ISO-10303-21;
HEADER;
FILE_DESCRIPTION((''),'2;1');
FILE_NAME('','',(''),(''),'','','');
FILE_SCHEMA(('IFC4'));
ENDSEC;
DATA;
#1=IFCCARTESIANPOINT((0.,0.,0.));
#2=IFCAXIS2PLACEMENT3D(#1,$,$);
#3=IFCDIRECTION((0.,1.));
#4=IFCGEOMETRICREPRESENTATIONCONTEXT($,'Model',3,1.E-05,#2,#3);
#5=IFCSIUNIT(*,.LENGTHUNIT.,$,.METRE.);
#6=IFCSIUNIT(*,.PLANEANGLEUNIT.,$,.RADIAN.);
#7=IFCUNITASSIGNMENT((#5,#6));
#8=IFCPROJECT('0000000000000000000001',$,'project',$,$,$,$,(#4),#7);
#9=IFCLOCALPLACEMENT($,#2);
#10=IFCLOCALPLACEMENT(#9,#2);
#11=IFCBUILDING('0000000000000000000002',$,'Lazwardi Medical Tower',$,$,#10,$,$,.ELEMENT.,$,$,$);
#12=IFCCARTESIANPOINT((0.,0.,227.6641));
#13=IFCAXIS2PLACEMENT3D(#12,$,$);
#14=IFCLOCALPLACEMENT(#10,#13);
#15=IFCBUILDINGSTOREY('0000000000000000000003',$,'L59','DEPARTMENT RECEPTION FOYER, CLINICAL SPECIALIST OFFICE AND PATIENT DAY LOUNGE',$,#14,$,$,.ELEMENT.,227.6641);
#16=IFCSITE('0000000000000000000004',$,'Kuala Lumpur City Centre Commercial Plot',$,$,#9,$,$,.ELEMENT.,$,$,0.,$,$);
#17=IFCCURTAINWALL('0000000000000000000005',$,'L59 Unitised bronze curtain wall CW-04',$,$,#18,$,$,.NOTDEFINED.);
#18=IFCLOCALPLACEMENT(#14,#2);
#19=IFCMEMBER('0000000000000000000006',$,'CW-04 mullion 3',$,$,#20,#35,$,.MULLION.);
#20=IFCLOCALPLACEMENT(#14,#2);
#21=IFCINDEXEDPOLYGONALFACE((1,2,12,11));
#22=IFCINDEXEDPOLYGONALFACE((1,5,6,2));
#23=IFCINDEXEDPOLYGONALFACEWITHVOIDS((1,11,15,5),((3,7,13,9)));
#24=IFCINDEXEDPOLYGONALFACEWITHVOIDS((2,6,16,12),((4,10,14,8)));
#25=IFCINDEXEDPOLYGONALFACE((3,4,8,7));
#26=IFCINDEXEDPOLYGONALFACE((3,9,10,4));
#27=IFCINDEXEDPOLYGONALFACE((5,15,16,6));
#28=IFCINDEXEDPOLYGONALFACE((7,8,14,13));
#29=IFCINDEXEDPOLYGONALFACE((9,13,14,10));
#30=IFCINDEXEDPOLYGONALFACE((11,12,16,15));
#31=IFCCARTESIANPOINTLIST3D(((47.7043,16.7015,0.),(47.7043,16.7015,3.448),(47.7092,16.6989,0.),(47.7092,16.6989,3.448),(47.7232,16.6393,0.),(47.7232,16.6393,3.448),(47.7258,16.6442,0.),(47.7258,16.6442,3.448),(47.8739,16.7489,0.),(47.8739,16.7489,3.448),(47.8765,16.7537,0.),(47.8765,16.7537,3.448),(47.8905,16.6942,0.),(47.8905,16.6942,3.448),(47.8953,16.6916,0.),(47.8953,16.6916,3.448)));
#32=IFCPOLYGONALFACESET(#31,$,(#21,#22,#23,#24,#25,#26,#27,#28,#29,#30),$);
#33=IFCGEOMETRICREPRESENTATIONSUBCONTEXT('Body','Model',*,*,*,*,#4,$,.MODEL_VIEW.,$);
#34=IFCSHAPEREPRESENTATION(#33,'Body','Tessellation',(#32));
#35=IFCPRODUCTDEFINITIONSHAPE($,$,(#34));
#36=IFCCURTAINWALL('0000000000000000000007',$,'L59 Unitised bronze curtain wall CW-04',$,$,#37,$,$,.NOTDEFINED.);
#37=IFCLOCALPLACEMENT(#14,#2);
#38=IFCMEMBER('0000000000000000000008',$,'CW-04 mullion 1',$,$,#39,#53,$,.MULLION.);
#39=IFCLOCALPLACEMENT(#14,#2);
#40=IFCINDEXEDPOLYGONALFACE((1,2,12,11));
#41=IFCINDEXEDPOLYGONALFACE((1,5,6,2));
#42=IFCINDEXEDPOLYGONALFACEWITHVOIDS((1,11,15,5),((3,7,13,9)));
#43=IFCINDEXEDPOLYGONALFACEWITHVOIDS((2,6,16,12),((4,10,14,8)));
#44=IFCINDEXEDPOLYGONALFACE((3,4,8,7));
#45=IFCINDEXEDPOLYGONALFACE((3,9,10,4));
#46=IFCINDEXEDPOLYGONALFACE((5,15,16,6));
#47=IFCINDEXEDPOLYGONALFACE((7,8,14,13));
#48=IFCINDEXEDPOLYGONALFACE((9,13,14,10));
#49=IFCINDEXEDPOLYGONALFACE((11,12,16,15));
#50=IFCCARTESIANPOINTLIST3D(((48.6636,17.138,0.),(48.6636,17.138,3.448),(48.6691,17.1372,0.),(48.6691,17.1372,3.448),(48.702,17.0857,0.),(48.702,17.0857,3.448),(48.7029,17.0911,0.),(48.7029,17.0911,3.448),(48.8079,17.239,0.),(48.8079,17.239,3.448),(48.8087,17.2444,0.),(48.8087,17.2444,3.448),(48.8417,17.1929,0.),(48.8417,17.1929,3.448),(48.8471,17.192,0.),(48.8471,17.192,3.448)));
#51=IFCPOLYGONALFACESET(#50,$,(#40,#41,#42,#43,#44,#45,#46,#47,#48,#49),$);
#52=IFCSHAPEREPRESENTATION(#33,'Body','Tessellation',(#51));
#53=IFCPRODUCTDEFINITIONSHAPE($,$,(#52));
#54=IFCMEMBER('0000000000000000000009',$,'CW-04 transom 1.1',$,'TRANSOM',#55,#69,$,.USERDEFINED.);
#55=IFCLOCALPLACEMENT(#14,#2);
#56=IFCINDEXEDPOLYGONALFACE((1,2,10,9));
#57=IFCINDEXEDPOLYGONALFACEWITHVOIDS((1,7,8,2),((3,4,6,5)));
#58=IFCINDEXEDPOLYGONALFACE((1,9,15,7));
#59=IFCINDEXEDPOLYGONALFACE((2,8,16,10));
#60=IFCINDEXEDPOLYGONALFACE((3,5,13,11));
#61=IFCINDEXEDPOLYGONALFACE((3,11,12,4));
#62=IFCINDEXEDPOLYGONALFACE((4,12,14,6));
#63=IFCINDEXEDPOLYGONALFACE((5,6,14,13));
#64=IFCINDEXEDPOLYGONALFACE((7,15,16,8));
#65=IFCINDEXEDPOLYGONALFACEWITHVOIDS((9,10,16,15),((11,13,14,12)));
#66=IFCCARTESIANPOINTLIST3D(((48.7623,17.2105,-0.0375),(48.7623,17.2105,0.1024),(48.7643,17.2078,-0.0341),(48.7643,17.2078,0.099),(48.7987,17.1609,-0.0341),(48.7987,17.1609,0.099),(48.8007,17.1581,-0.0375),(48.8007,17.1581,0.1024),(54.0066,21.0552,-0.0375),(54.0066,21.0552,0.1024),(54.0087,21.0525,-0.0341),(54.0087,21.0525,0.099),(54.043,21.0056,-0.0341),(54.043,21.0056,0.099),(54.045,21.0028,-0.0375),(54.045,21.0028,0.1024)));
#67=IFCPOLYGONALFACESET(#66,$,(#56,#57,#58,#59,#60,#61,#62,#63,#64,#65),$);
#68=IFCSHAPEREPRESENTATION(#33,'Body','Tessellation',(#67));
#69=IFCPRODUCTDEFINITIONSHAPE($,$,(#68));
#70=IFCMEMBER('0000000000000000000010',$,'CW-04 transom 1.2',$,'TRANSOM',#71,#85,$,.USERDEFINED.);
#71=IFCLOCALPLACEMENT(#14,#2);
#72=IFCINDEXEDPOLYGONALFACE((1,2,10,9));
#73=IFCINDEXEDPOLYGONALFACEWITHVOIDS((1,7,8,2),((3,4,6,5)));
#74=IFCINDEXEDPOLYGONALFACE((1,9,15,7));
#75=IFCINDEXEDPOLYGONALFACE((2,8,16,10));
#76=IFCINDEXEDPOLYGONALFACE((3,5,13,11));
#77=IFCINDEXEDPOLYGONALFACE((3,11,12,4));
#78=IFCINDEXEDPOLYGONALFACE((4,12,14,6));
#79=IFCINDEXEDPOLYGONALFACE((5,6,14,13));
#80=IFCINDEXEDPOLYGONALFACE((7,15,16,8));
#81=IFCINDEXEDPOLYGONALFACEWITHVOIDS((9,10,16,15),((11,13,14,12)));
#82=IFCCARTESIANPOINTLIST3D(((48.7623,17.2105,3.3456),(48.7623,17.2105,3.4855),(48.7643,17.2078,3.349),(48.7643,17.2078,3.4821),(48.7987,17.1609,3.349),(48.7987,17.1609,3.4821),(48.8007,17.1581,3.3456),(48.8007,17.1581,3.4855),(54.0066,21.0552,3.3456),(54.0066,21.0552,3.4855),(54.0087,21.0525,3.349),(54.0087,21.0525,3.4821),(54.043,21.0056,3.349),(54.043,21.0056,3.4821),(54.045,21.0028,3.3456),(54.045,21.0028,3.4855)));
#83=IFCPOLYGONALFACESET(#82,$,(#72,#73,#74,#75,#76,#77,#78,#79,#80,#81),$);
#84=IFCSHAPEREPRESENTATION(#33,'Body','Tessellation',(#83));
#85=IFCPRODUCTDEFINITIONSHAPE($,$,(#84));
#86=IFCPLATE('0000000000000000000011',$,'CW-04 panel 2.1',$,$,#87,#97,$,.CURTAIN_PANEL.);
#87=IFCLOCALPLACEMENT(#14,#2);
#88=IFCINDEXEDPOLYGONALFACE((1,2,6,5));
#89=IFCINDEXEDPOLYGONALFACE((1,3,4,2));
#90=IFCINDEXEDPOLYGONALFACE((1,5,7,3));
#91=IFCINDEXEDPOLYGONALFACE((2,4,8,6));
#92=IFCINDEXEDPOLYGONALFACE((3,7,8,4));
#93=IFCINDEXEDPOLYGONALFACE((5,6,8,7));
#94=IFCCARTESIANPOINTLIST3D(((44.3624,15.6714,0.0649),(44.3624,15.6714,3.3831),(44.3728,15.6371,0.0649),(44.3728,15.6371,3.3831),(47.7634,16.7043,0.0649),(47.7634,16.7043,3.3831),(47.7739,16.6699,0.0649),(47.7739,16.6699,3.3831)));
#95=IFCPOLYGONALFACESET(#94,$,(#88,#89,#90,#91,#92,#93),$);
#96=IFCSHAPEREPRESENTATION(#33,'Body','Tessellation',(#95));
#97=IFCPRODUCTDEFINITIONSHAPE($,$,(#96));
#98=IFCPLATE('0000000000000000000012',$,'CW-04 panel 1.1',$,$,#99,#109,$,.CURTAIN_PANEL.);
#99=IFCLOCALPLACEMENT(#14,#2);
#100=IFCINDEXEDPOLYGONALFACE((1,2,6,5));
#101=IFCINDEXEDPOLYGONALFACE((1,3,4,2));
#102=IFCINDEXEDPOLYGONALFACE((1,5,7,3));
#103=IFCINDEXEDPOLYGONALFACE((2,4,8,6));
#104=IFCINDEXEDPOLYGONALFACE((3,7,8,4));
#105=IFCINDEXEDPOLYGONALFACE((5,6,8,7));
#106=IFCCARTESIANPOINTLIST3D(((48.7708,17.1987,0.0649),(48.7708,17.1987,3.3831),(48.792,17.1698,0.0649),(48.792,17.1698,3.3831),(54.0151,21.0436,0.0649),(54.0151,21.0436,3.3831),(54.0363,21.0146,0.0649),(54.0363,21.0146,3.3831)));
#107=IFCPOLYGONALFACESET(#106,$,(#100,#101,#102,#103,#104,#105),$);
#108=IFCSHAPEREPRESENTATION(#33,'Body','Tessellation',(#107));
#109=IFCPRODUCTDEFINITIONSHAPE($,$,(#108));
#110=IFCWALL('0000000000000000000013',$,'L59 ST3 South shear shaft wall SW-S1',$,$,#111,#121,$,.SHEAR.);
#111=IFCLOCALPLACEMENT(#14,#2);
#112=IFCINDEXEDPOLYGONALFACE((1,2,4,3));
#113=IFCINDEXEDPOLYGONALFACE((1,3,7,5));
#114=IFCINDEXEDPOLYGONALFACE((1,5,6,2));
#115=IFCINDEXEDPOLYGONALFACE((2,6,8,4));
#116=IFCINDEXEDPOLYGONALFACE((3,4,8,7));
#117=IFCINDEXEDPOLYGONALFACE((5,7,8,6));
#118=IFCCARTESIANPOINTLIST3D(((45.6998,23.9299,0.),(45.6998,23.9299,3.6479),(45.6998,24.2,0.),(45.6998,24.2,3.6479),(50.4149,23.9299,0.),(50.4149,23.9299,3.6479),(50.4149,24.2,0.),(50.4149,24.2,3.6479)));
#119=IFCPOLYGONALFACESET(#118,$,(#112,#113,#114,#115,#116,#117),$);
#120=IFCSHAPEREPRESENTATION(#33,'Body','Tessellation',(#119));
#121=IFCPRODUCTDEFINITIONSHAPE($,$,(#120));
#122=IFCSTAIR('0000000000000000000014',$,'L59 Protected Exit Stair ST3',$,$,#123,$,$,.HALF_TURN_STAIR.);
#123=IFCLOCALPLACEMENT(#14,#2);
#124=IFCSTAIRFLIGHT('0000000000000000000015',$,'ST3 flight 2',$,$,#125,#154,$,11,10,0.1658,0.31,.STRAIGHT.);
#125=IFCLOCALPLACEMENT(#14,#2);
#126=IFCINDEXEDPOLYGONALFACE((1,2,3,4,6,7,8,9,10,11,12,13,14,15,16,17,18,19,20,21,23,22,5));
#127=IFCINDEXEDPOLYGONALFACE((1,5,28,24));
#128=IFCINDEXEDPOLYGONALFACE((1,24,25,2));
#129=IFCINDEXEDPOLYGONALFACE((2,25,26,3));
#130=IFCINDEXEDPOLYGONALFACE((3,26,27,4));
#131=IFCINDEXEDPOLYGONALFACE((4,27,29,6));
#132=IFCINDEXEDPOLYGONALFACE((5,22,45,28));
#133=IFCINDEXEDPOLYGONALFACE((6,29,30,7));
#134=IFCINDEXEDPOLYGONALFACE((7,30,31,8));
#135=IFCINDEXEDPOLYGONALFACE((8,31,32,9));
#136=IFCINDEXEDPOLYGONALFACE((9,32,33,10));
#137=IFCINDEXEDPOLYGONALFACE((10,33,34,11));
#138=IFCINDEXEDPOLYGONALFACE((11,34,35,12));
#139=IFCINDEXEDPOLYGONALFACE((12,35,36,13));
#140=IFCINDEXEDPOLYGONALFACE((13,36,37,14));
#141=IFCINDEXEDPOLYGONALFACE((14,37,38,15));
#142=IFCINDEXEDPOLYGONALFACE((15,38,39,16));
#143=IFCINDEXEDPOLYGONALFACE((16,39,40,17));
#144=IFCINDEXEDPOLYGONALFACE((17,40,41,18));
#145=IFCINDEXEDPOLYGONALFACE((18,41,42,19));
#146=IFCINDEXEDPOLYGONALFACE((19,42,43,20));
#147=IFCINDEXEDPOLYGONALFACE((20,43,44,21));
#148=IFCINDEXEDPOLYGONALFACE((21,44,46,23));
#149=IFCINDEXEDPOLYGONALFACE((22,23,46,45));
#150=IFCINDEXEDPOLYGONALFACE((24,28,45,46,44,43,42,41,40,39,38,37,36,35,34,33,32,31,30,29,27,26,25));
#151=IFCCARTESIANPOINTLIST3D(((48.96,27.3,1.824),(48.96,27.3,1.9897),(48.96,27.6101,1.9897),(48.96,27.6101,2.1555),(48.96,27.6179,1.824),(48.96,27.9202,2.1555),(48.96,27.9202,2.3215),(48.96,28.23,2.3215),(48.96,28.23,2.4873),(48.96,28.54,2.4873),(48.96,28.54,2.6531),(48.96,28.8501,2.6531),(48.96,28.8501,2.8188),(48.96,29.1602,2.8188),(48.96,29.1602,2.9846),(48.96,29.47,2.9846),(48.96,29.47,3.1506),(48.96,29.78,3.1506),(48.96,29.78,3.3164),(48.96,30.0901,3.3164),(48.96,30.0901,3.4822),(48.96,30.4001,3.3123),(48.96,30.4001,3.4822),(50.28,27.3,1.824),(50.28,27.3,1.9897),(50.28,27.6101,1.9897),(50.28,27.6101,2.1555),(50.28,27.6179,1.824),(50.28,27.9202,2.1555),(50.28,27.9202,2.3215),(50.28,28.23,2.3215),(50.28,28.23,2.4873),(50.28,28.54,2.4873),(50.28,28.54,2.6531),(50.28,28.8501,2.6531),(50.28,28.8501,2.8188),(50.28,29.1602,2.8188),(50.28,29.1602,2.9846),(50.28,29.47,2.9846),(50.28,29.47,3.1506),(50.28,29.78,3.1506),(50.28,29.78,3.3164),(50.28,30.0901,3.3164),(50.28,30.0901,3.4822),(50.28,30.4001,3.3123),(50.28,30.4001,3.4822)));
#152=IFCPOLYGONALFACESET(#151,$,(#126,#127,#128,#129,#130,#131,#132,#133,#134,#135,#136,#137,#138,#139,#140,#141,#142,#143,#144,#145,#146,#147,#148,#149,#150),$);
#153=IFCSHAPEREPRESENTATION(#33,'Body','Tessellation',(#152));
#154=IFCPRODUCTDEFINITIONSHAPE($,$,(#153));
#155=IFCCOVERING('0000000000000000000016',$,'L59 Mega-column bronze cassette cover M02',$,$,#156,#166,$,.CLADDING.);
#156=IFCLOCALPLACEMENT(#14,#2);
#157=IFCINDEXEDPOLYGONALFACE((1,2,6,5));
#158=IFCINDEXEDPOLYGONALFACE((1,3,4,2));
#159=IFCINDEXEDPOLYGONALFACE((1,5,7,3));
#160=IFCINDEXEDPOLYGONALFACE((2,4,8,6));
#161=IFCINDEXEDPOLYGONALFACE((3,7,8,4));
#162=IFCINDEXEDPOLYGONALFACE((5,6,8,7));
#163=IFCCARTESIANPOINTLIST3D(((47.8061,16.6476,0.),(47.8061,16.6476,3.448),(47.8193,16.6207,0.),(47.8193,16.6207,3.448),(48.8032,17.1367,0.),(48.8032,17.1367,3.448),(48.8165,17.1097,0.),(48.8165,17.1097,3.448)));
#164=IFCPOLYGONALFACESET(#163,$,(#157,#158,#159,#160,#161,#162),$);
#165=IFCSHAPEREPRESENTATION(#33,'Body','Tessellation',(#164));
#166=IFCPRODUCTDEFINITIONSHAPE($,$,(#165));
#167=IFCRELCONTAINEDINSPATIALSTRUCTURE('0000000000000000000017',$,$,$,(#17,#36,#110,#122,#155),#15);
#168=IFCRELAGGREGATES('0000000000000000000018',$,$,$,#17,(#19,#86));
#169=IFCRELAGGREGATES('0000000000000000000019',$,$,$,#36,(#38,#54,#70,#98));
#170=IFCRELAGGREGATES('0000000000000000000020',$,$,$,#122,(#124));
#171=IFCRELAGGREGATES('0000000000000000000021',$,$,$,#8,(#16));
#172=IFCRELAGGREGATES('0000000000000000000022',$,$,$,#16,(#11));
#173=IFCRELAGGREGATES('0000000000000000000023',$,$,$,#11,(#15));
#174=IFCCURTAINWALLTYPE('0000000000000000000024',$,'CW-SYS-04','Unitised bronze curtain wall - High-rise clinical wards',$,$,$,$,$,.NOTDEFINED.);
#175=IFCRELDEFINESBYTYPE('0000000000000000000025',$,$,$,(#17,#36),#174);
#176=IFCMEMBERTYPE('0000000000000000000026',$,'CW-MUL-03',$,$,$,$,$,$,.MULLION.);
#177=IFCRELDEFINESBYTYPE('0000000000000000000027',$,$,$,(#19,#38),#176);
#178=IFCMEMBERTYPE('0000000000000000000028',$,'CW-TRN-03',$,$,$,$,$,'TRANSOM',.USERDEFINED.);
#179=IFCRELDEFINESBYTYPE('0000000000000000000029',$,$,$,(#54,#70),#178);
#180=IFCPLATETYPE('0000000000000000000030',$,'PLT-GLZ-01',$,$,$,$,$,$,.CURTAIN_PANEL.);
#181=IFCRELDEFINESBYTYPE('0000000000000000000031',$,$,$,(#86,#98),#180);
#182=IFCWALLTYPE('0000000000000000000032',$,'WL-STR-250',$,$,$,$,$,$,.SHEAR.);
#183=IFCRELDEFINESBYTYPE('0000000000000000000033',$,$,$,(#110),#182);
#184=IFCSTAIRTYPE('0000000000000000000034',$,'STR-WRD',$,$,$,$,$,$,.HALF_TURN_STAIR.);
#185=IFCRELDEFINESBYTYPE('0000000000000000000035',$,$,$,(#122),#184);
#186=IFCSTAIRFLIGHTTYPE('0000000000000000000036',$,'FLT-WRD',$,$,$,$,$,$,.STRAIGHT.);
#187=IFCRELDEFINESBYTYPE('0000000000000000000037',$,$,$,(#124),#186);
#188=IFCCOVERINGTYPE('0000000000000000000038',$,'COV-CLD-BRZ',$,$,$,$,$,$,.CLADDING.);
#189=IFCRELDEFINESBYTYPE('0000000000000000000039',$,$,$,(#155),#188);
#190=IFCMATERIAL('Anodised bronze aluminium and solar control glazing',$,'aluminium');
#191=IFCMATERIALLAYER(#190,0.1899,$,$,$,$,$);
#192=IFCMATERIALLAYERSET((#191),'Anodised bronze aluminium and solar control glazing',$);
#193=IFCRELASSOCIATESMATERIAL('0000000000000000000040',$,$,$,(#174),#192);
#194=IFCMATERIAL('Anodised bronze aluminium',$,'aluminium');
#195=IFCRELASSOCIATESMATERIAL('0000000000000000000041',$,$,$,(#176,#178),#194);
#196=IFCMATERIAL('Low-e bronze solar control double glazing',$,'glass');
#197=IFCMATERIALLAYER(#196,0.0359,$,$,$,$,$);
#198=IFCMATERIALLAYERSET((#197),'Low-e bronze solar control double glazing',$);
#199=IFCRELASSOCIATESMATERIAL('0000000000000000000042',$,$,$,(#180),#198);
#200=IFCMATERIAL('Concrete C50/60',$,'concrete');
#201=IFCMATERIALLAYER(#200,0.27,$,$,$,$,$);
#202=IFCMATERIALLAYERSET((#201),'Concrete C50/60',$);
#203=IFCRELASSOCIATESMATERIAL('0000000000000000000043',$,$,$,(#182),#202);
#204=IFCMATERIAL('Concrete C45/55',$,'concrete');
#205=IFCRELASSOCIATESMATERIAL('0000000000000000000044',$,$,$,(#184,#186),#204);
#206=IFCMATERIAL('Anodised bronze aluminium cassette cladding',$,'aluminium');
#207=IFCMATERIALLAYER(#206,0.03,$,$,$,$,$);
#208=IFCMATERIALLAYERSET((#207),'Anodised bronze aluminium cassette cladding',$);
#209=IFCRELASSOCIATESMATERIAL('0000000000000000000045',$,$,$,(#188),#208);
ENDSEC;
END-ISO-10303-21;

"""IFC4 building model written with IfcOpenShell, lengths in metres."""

from ifc_helpers import new_model, si_unit, direction, frame, frame_2d, origin, origin_2d, place, context, subcontext, project, spatial, polyline, rectangle, hollow_rectangle, outline, extrude, material, layer, layer_set, material_profile, profile_set, type_object, element, aggregate, save


model = new_model("IFC4")

# Units and contexts
model_context = context("Model", 3, precision=1e-05, world=origin(), true_north=direction((0.0, 1.0)))
body_context = subcontext(model_context, "Body", "Model", "MODEL_VIEW")
ifc_project = project(units=[si_unit("LENGTHUNIT", "METRE"), si_unit("PLANEANGLEUNIT", "RADIAN")], contexts=[model_context])

# Site, building, storey
site_placement = place(None, origin())
site = spatial("IfcSite", under=ifc_project, at=site_placement, Name="Kuala Lumpur City Centre Commercial Plot", CompositionType="ELEMENT", RefElevation=0.0)
building_placement = place(site_placement, origin())
building = spatial("IfcBuilding", under=site, at=building_placement, Name="Lazwardi Medical Tower", CompositionType="ELEMENT")
storey_placement = place(building_placement, frame((0.0, 0.0, 227.6641)))
storey = spatial("IfcBuildingStorey", under=building, at=storey_placement, Name="L59", Description="DEPARTMENT RECEPTION FOYER, CLINICAL SPECIALIST OFFICE AND PATIENT DAY LOUNGE", CompositionType="ELEMENT", Elevation=227.6641)

# Curtain wall, member
ifc_material_1 = material(Name="Anodised bronze aluminium and solar control glazing", Category="aluminium")
ifc_layer_1 = layer(ifc_material_1, 0.1899)
ifc_layer_set_1 = layer_set([ifc_layer_1], Name="Anodised bronze aluminium and solar control glazing")
curtain_wall_type = type_object("IfcCurtainWallType", Name="CW-SYS-04", Description="Unitised bronze curtain wall - High-rise clinical wards", PredefinedType="NOTDEFINED", material=ifc_layer_set_1)
curtain_wall_1_placement = place(storey_placement, origin())
curtain_wall_1 = element("IfcCurtainWall", 1, at=curtain_wall_1_placement, inside=storey, type_object=curtain_wall_type, Name="L59 Unitised bronze curtain wall CW-04", PredefinedType="NOTDEFINED")
ifc_material_2 = material(Name="Anodised bronze aluminium", Category="aluminium")
ifc_material_profile_1 = material_profile(ifc_material_2, hollow_rectangle(XDim=0.0649, YDim=0.1799, WallThickness=0.0039, at=origin_2d()), Name="ALU-MULLION 180x65x4")
ifc_profile_set_1 = profile_set([ifc_material_profile_1], Name="Anodised bronze aluminium")
member_type_1 = type_object("IfcMemberType", Name="CW-MUL-03", PredefinedType="MULLION", material=ifc_profile_set_1)
member_1_placement = place(storey_placement, frame((47.7998, 16.6965, 0.0), z_axis=(0.0, 0.0, 1.0), x_axis=(-0.290582, 0.95685, 0.0)))
member_1 = element("IfcMember", 2, at=member_1_placement, type_object=member_type_1, Name="CW-04 mullion 3", PredefinedType="MULLION", context=body_context, shape_type="SweptSolid", body=[
    extrude(hollow_rectangle(XDim=0.0649, YDim=0.1799, WallThickness=0.0039, at=origin_2d()), origin(), (0.0, 0.0, 1.0), 3.448),
])

# Curtain wall, members
curtain_wall_2_placement = place(storey_placement, origin())
curtain_wall_2 = element("IfcCurtainWall", 3, at=curtain_wall_2_placement, inside=storey, type_object=curtain_wall_type, Name="L59 Unitised bronze curtain wall CW-04", PredefinedType="NOTDEFINED")
member_2_placement = place(storey_placement, frame((48.7554, 17.165, 0.0), z_axis=(0.0, 0.0, 1.0), x_axis=(-0.591268, 0.806475, 0.0)))
member_2 = element("IfcMember", 4, at=member_2_placement, type_object=member_type_1, Name="CW-04 mullion 1", PredefinedType="MULLION", context=body_context, shape_type="SweptSolid", body=[
    extrude(hollow_rectangle(XDim=0.0649, YDim=0.1799, WallThickness=0.0039, at=origin_2d()), origin(), (0.0, 0.0, 1.0), 3.448),
])
ifc_material_profile_2 = material_profile(ifc_material_2, hollow_rectangle(XDim=0.0649, YDim=0.1399, WallThickness=0.0034, at=origin_2d()), Name="ALU-TRANSOM 140x65x3.5")
ifc_profile_set_2 = profile_set([ifc_material_profile_2], Name="Anodised bronze aluminium")
member_type_2 = type_object("IfcMemberType", Name="CW-TRN-03", ElementType="TRANSOM", PredefinedType="USERDEFINED", material=ifc_profile_set_2)
member_3_placement = place(storey_placement, frame((48.7815, 17.1843, 0.0325), z_axis=(0.80649, 0.591248, 0.0), x_axis=(-0.591248, 0.80649, 0.0)))
member_3 = element("IfcMember", 5, at=member_3_placement, type_object=member_type_2, Name="CW-04 transom 1.1", ObjectType="TRANSOM", PredefinedType="USERDEFINED", context=body_context, shape_type="SweptSolid", body=[
    extrude(hollow_rectangle(XDim=0.0649, YDim=0.1399, WallThickness=0.0034, at=origin_2d()), origin(), (0.0, 0.0, 1.0), 6.5027),
])
member_4_placement = place(storey_placement, frame((48.7815, 17.1843, 3.4155), z_axis=(0.80649, 0.591248, 0.0), x_axis=(-0.591248, 0.80649, 0.0)))
member_4 = element("IfcMember", 6, at=member_4_placement, type_object=member_type_2, Name="CW-04 transom 1.2", ObjectType="TRANSOM", PredefinedType="USERDEFINED", context=body_context, shape_type="SweptSolid", body=[
    extrude(hollow_rectangle(XDim=0.0649, YDim=0.1399, WallThickness=0.0034, at=origin_2d()), origin(), (0.0, 0.0, 1.0), 6.5027),
])

# Plates
ifc_material_3 = material(Name="Low-e bronze solar control double glazing", Category="glass")
ifc_layer_2 = layer(ifc_material_3, 0.0359)
ifc_layer_set_2 = layer_set([ifc_layer_2], Name="Low-e bronze solar control double glazing")
plate_type = type_object("IfcPlateType", Name="PLT-GLZ-01", PredefinedType="CURTAIN_PANEL", material=ifc_layer_set_2)
plate_1_placement = place(storey_placement, frame((46.0681, 16.1707, 0.0649), z_axis=(0.0, 0.0, 1.0), x_axis=(0.95685, 0.290582, 0.0)))
plate_1 = element("IfcPlate", 7, at=plate_1_placement, type_object=plate_type, Name="CW-04 panel 2.1", PredefinedType="CURTAIN_PANEL", context=body_context, shape_type="SweptSolid", body=[
    extrude(rectangle(XDim=3.5544, YDim=0.0359, at=origin_2d()), origin(), (0.0, 0.0, 1.0), 3.3181),
])
aggregate(curtain_wall_1, [member_1, plate_1])
plate_2_placement = place(storey_placement, frame((51.4036, 19.1067, 0.0649), z_axis=(0.0, 0.0, 1.0), x_axis=(0.806475, 0.591268, 0.0)))
plate_2 = element("IfcPlate", 8, at=plate_2_placement, type_object=plate_type, Name="CW-04 panel 1.1", PredefinedType="CURTAIN_PANEL", context=body_context, shape_type="SweptSolid", body=[
    extrude(rectangle(XDim=6.5027, YDim=0.0359, at=origin_2d()), origin(), (0.0, 0.0, 1.0), 3.3181),
])
aggregate(curtain_wall_2, [member_2, member_3, member_4, plate_2])

# Wall
ifc_material_4 = material(Name="Concrete C50/60", Category="concrete")
ifc_layer_3 = layer(ifc_material_4, 0.27)
ifc_layer_set_3 = layer_set([ifc_layer_3], Name="Concrete C50/60")
wall_type = type_object("IfcWallType", Name="WL-STR-250", PredefinedType="SHEAR", material=ifc_layer_set_3)
wall_placement = place(storey_placement, frame((45.7, 24.0649, 0.0), z_axis=(0.0, 0.0, 1.0), x_axis=(1.0, 0.0, 0.0)))
element("IfcWall", 9, at=wall_placement, inside=storey, type_object=wall_type, Name="L59 ST3 South shear shaft wall SW-S1", PredefinedType="SHEAR", context=body_context, shape_type="SweptSolid", body=[
    extrude(rectangle(XDim=4.7151, YDim=0.27, at=frame_2d((2.3574, 0.0))), origin(), (0.0, 0.0, 1.0), 3.6479),
])

# Stair, stair flight
ifc_material_5 = material(Name="Concrete C45/55", Category="concrete")
stair_type = type_object("IfcStairType", Name="STR-WRD", PredefinedType="HALF_TURN_STAIR", material=ifc_material_5)
stair_placement = place(storey_placement, origin())
stair = element("IfcStair", 10, at=stair_placement, inside=storey, type_object=stair_type, Name="L59 Protected Exit Stair ST3", PredefinedType="HALF_TURN_STAIR")
stair_flight_type = type_object("IfcStairFlightType", Name="FLT-WRD", PredefinedType="STRAIGHT", material=ifc_material_5)
stair_flight_placement = place(storey_placement, frame((49.6201, 27.3, 1.824), z_axis=(0.0, 0.0, 1.0), x_axis=(0.0, 1.0, 0.0)))
stair_flight = element("IfcStairFlight", 11, at=stair_flight_placement, type_object=stair_flight_type, Name="ST3 flight 2", NumberOfRisers=11, NumberOfTreads=10, PredefinedType="STRAIGHT", RiserHeight=0.1658, TreadLength=0.31, context=body_context, shape_type="SweptSolid", body=[
    extrude(outline(polyline([(0.0, 0.0), (0.0, 0.1658), (0.3101, 0.1658), (0.3101, 0.3315), (0.6201, 0.3315), (0.6201, 0.4976), (0.9299, 0.4976), (0.9299, 0.6633), (1.24, 0.6633), (1.24, 0.8291), (1.55, 0.8291), (1.55, 0.9949), (1.8601, 0.9949), (1.8601, 1.1606), (2.1699, 1.1606), (2.1699, 1.3267), (2.48, 1.3267), (2.48, 1.4924), (2.79, 1.4924), (2.79, 1.6582), (3.1001, 1.6582), (3.1001, 1.824), (3.1001, 1.4883), (0.3179, 0.0), (0.0, 0.0)])), frame((0.0, 0.6602, 0.0), z_axis=(0.0, -1.0, 0.0), x_axis=(1.0, 0.0, 0.0)), (0.0, 0.0, 1.0), 1.3201),
])
aggregate(stair, [stair_flight])

# Covering
ifc_material_6 = material(Name="Anodised bronze aluminium cassette cladding", Category="aluminium")
ifc_layer_4 = layer(ifc_material_6, 0.03)
ifc_layer_set_4 = layer_set([ifc_layer_4], Name="Anodised bronze aluminium cassette cladding")
covering_type = type_object("IfcCoveringType", Name="COV-CLD-BRZ", PredefinedType="CLADDING", material=ifc_layer_set_4)
covering_placement = place(storey_placement, frame((48.3113, 16.8787, 0.0), z_axis=(0.0, 0.0, 1.0), x_axis=(0.89784, 0.440322, 0.0)))
element("IfcCovering", 12, at=covering_placement, inside=storey, type_object=covering_type, Name="L59 Mega-column bronze cassette cover M02", PredefinedType="CLADDING", context=body_context, shape_type="SweptSolid", body=[
    extrude(rectangle(XDim=1.1106, YDim=0.03, at=origin_2d()), origin(), (0.0, 0.0, 1.0), 3.448),
])

save(model, "model.ifc")
